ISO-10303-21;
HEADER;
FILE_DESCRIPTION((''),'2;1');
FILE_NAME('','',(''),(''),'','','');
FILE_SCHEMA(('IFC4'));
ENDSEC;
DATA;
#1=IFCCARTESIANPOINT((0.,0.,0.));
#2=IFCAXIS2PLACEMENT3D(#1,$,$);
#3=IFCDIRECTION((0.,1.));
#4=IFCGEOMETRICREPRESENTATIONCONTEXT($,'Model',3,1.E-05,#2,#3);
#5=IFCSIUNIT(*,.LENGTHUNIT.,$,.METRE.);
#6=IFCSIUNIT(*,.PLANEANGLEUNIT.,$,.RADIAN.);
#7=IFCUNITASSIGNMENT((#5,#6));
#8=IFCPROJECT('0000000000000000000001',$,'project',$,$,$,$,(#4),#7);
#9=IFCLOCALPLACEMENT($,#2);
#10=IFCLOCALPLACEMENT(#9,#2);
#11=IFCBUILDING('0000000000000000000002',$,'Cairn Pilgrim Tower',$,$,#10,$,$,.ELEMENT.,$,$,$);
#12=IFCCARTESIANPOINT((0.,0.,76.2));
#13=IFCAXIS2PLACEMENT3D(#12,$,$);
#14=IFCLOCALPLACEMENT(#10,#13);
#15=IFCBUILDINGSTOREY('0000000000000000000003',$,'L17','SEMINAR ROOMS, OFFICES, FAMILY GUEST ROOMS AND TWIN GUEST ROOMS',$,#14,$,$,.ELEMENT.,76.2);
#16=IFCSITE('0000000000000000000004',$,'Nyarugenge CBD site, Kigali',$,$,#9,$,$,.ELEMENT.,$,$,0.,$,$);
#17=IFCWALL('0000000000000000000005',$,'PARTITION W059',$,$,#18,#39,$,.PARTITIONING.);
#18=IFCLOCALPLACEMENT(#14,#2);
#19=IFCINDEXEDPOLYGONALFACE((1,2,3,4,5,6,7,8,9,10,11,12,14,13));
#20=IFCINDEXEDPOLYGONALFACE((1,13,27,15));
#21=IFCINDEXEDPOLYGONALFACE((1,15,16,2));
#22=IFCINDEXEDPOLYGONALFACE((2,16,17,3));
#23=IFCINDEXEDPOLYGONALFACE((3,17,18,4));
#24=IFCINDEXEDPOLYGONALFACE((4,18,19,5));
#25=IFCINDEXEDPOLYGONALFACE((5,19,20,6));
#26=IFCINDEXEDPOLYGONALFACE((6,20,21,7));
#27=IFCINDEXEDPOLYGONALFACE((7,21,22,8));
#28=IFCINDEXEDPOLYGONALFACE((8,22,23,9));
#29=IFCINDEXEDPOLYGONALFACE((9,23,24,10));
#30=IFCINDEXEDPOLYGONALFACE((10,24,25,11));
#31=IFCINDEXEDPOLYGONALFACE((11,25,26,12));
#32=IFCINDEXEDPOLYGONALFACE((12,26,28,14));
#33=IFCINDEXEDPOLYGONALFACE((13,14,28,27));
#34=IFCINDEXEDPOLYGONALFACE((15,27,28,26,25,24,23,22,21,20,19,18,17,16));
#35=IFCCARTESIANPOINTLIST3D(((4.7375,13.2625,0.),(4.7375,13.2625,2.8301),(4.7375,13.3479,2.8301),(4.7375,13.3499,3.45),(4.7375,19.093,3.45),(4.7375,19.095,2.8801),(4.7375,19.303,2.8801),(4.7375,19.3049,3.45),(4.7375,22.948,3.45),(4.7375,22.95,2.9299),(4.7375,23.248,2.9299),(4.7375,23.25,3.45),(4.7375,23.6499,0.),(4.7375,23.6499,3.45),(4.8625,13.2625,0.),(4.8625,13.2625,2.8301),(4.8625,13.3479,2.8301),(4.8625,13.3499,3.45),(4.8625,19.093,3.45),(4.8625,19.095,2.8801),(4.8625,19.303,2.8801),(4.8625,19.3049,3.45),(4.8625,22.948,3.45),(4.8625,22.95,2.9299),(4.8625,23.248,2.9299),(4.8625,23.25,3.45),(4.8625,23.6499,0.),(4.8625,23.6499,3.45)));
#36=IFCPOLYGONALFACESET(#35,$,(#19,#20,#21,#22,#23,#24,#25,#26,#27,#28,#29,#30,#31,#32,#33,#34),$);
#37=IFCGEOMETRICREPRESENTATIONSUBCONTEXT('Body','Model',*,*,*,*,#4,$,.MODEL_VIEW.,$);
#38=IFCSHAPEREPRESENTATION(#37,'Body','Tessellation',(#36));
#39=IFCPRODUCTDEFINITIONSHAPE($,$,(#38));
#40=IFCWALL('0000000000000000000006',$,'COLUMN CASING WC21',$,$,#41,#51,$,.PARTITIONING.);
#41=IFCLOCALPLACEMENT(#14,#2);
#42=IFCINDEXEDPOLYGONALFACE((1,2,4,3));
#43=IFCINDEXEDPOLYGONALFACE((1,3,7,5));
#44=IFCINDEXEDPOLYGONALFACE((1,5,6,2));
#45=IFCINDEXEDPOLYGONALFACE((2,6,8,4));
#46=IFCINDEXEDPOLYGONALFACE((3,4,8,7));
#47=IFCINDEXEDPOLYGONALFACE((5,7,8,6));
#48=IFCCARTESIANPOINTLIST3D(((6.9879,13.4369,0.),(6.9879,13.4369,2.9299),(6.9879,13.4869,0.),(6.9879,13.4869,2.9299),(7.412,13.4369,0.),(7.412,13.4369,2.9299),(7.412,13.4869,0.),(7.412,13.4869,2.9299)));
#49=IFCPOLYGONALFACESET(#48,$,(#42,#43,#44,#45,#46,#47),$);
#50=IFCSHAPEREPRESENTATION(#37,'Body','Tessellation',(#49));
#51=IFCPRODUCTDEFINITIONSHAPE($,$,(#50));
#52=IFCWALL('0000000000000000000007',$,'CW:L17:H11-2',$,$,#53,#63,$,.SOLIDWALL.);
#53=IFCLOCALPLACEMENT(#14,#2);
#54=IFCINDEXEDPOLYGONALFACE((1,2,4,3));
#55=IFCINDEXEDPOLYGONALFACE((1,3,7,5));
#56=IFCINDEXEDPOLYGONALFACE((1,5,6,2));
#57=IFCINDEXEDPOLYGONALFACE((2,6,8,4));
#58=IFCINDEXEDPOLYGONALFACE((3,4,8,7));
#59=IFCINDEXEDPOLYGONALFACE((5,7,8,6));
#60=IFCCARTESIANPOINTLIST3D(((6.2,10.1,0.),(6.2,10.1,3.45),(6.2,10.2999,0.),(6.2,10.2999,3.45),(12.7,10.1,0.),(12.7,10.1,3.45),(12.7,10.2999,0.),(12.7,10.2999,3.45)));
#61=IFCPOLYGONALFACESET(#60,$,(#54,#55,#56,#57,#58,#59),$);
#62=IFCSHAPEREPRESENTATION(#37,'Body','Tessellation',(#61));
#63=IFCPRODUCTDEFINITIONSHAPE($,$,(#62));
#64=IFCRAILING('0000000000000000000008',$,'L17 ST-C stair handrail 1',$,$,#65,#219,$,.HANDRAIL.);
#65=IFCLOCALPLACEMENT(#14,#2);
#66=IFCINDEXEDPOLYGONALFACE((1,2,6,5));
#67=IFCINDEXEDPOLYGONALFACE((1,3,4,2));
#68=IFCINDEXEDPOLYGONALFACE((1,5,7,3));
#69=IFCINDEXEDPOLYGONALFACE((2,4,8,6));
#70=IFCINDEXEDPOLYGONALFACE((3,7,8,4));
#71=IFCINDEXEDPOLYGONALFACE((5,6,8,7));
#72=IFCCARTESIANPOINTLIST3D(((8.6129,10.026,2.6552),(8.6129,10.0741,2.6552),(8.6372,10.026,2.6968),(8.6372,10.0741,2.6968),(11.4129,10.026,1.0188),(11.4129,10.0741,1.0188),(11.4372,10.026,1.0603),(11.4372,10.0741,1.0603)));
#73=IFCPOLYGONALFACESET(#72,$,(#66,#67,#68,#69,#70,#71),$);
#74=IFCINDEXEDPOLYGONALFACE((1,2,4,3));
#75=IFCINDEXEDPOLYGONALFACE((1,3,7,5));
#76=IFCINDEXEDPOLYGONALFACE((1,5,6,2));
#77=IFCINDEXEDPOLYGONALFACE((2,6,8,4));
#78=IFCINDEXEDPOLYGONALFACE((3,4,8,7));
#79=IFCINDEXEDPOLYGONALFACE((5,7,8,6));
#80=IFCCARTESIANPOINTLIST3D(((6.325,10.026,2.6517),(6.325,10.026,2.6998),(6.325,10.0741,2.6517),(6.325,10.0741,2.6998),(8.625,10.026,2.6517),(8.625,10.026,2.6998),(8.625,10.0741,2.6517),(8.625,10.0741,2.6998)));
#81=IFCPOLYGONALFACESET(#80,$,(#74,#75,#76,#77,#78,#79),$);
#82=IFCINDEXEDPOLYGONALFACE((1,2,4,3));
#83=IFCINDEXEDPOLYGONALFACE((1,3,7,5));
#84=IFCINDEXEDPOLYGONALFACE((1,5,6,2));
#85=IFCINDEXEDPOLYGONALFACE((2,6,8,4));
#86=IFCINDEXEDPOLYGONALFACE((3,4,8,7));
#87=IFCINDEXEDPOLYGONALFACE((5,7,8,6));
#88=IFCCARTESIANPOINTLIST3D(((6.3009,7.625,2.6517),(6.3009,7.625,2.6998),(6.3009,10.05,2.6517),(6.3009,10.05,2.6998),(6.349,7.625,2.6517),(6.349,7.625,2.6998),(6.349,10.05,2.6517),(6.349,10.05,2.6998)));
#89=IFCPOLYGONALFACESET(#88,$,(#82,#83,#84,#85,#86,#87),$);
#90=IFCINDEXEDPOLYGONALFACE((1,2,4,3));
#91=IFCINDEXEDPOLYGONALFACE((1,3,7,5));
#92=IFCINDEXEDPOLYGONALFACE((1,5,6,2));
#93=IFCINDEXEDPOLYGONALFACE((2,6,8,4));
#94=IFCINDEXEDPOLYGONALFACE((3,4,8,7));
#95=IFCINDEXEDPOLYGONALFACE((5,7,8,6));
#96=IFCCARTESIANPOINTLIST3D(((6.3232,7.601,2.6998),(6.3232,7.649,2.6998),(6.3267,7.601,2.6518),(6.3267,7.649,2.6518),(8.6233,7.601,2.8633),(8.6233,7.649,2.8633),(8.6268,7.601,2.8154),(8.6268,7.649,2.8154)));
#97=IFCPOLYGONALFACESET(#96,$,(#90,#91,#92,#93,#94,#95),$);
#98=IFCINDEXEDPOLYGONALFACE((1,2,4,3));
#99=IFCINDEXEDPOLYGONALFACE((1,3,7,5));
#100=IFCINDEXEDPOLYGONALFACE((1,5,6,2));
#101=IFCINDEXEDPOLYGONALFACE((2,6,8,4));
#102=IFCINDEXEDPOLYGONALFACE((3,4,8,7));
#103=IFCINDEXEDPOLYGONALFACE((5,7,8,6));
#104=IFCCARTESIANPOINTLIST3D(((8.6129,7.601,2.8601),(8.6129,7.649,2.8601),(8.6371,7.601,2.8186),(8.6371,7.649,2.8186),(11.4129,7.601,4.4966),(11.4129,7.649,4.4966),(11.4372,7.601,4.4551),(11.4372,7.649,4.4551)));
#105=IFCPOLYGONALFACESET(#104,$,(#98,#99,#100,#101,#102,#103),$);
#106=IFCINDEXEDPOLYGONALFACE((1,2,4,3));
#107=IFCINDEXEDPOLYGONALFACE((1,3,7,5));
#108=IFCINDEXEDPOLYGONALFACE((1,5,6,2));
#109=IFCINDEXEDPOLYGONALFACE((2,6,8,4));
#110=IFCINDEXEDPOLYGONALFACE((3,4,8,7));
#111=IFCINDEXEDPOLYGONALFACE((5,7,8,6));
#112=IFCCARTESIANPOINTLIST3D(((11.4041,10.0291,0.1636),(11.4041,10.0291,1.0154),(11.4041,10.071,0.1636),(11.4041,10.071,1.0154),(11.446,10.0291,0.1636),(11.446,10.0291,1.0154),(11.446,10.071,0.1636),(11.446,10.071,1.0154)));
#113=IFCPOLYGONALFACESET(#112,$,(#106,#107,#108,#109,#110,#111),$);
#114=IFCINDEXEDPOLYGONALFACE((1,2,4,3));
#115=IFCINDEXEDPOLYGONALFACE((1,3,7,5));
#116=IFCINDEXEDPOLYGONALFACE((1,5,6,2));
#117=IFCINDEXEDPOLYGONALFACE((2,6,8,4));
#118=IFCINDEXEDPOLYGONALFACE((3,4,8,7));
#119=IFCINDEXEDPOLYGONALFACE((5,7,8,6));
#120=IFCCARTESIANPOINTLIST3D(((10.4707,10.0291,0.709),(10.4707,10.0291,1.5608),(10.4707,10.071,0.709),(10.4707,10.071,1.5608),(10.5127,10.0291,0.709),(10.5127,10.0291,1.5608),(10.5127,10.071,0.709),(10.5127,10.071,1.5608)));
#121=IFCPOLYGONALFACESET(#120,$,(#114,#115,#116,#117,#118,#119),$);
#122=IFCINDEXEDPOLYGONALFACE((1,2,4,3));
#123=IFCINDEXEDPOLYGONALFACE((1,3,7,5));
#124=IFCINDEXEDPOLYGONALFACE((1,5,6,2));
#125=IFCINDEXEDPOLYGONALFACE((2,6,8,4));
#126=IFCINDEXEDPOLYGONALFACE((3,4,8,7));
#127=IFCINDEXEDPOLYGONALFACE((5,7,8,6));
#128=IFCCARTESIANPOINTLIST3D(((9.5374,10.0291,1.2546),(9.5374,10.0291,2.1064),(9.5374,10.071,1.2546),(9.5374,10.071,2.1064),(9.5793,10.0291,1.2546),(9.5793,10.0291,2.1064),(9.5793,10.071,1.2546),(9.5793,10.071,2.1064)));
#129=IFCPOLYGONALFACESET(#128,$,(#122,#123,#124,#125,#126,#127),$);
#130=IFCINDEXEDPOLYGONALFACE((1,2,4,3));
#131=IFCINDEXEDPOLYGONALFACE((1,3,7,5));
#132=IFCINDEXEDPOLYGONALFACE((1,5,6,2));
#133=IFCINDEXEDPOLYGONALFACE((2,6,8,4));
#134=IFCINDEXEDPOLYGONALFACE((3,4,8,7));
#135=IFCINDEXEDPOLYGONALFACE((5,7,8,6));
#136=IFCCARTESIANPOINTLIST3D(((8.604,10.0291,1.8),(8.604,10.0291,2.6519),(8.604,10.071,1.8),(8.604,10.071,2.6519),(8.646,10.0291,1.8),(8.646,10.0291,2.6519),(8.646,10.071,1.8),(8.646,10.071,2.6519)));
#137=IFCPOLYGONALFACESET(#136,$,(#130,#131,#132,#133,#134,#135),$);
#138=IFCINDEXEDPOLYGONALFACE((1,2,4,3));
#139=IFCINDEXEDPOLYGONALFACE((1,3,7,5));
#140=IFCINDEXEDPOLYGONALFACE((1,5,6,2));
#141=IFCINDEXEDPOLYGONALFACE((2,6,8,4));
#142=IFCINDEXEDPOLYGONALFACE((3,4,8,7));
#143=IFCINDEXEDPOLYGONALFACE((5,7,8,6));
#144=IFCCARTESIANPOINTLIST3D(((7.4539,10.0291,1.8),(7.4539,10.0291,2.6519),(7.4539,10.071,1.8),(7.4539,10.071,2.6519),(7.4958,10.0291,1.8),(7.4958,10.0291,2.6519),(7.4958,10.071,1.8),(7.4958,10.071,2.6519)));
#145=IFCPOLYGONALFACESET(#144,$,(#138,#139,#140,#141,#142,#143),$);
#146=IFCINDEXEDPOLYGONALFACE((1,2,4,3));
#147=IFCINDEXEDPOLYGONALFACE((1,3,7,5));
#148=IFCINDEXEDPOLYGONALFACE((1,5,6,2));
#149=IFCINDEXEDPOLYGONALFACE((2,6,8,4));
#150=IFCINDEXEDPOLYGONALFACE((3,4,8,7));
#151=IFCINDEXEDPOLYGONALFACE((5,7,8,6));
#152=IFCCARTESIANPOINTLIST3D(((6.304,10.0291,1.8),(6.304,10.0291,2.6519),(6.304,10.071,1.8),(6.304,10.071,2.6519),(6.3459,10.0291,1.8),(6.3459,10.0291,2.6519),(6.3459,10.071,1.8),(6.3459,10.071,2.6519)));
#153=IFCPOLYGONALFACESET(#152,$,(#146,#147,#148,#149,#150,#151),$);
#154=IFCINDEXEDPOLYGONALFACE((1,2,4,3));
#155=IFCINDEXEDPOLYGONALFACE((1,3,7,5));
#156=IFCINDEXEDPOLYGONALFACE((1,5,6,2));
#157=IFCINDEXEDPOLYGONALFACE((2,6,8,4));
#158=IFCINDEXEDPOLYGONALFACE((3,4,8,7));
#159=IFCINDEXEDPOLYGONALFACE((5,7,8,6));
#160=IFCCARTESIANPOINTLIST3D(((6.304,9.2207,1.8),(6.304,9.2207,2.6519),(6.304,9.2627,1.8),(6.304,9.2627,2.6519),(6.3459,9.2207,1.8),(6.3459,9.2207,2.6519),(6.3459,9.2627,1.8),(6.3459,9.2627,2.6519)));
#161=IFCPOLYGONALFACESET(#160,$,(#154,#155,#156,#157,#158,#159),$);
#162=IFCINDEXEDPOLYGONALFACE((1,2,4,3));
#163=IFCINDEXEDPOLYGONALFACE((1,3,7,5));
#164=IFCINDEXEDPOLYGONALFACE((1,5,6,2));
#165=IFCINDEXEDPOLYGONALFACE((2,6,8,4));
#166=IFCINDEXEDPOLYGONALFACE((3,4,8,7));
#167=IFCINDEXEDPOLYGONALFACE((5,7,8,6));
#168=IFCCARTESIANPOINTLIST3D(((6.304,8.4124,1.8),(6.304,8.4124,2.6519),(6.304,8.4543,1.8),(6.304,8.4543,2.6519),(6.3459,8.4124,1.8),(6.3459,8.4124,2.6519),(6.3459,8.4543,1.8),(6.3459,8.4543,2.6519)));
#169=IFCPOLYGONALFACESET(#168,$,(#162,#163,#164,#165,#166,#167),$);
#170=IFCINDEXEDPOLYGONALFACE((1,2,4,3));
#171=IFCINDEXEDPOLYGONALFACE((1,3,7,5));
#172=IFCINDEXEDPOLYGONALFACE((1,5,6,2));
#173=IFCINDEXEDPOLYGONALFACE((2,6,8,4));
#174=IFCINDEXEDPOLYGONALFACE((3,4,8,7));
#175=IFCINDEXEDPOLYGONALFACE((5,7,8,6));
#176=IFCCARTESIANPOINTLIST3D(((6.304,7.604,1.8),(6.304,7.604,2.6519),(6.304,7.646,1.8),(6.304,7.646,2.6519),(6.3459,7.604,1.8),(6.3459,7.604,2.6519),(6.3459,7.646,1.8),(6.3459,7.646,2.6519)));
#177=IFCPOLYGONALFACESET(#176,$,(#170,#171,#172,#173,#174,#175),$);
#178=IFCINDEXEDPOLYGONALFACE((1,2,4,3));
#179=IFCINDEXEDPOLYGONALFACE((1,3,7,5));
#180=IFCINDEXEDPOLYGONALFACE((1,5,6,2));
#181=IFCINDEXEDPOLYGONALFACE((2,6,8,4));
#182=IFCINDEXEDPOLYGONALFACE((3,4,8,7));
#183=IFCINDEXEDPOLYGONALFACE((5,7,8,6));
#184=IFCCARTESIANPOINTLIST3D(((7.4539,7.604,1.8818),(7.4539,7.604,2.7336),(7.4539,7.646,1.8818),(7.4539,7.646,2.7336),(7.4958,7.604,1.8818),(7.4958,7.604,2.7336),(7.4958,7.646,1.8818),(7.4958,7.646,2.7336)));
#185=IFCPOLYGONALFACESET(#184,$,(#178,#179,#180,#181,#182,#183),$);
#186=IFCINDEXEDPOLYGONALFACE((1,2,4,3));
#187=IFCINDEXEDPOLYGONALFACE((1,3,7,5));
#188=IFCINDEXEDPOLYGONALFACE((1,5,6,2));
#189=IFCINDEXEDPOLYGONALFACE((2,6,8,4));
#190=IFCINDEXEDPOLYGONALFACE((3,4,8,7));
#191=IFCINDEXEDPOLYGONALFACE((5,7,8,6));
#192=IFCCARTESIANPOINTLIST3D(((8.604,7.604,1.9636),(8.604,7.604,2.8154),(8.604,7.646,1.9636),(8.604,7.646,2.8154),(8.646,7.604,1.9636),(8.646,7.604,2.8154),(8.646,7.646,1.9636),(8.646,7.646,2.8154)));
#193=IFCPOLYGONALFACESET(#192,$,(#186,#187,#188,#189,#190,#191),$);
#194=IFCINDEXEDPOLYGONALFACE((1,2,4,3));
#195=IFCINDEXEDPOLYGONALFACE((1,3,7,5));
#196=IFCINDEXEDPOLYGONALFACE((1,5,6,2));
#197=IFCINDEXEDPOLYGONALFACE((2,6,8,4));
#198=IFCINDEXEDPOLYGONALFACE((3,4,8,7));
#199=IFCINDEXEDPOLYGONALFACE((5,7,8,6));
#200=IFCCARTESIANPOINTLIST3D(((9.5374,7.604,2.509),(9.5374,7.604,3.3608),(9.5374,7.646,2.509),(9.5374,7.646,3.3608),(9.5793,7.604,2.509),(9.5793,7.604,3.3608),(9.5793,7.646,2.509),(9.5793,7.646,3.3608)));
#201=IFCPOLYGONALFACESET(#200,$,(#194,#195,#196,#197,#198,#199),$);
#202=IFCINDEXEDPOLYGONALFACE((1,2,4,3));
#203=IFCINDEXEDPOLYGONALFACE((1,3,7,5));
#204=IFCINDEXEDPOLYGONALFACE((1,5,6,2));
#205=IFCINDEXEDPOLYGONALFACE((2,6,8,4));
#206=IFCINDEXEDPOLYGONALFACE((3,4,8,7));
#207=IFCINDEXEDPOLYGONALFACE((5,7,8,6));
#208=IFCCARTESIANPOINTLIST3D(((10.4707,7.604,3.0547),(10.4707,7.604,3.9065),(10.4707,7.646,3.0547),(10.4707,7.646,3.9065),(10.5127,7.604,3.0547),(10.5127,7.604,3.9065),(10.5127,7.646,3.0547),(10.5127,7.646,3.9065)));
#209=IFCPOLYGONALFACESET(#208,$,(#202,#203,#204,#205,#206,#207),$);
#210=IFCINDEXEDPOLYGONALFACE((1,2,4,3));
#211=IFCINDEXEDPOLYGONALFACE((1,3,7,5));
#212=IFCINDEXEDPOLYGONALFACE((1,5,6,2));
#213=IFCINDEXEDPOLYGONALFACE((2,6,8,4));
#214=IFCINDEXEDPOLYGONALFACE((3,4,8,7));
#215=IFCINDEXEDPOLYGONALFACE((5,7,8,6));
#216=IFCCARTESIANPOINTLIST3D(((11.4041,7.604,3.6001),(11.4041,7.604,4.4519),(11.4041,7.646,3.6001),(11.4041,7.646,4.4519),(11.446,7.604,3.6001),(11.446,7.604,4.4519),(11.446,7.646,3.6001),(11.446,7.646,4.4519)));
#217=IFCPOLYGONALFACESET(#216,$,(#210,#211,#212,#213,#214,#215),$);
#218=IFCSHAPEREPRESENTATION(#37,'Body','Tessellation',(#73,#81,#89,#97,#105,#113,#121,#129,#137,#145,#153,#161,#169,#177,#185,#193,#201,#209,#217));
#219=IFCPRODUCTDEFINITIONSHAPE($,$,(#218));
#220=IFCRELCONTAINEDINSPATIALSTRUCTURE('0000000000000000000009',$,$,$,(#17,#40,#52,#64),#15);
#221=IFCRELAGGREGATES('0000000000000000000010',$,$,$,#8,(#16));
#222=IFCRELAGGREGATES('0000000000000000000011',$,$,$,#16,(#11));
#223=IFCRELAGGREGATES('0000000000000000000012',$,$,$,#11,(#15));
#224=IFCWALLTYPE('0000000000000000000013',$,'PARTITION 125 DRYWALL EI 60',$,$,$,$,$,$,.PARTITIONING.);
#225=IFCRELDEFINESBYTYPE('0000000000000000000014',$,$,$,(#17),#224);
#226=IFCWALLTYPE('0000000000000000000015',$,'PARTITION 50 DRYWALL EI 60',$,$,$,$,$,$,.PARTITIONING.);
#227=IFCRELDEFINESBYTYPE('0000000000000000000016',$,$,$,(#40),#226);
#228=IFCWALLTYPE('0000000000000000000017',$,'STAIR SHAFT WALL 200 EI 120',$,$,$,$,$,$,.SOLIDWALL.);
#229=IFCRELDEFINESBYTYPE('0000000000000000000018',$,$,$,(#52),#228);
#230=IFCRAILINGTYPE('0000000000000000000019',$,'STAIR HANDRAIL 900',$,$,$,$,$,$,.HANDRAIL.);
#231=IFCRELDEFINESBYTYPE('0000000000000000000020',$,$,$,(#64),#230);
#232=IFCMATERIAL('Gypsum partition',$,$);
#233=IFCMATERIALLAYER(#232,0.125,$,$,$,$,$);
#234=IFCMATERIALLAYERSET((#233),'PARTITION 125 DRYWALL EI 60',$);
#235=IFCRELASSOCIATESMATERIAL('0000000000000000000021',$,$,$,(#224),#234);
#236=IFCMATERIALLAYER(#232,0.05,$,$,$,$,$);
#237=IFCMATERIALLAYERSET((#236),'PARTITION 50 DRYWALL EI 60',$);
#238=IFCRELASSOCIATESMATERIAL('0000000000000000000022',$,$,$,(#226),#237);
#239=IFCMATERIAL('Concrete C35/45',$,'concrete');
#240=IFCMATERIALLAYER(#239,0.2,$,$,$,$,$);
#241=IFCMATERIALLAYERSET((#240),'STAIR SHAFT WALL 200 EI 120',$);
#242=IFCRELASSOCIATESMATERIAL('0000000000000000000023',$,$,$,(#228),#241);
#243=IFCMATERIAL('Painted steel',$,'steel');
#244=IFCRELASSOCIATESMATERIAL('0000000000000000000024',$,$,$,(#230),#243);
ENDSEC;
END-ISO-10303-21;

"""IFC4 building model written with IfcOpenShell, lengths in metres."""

from ifc_helpers import new_model, si_unit, direction, frame, frame_2d, origin, origin_2d, place, context, subcontext, project, spatial, polyline, rectangle, outline, extrude, material, layer, layer_set, type_object, element, save


model = new_model("IFC4")

# Units and contexts
model_context = context("Model", 3, precision=1e-05, world=origin(), true_north=direction((0.0, 1.0)))
body_context = subcontext(model_context, "Body", "Model", "MODEL_VIEW")
ifc_project = project(units=[si_unit("LENGTHUNIT", "METRE"), si_unit("PLANEANGLEUNIT", "RADIAN")], contexts=[model_context])

# Site, building, storey
site_placement = place(None, origin())
site = spatial("IfcSite", under=ifc_project, at=site_placement, Name="Nyarugenge CBD site, Kigali", CompositionType="ELEMENT", RefElevation=0.0)
building_placement = place(site_placement, origin())
building = spatial("IfcBuilding", under=site, at=building_placement, Name="Cairn Pilgrim Tower", CompositionType="ELEMENT")
storey_placement = place(building_placement, frame((0.0, 0.0, 76.2)))
storey = spatial("IfcBuildingStorey", under=building, at=storey_placement, Name="L17", Description="SEMINAR ROOMS, OFFICES, FAMILY GUEST ROOMS AND TWIN GUEST ROOMS", CompositionType="ELEMENT", Elevation=76.2)

# Shared definitions
ifc_material_1 = material(Name="Gypsum partition")
ifc_layer_1 = layer(ifc_material_1, 0.125)
ifc_layer_set_1 = layer_set([ifc_layer_1], Name="PARTITION 125 DRYWALL EI 60")
wall_type_1 = type_object("IfcWallType", Name="PARTITION 125 DRYWALL EI 60", PredefinedType="PARTITIONING", material=ifc_layer_set_1)

# Walls
wall_1_placement = place(storey_placement, frame((4.8, 13.2625, 0.0), z_axis=(0.0, 0.0, 1.0), x_axis=(0.0, 1.0, 0.0)))
element("IfcWall", 1, at=wall_1_placement, inside=storey, type_object=wall_type_1, Name="PARTITION W059", PredefinedType="PARTITIONING", context=body_context, shape_type="SweptSolid", body=[
    extrude(outline(polyline([(0.0, 0.0), (10.3875, 0.0), (10.3875, 3.45), (9.9875, 3.45), (9.9856, 2.9299), (9.6875, 2.9299), (9.6855, 3.45), (6.0425, 3.45), (6.0405, 2.8801), (5.8325, 2.8801), (5.8306, 3.45), (0.0874, 3.45), (0.0854, 2.8301), (0.0, 2.8301), (0.0, 0.0)])), frame((0.0, 0.0625, 0.0), z_axis=(0.0, -1.0, 0.0), x_axis=(1.0, 0.0, 0.0)), (0.0, 0.0, 1.0), 0.125),
])
ifc_layer_2 = layer(ifc_material_1, 0.05)
ifc_layer_set_2 = layer_set([ifc_layer_2], Name="PARTITION 50 DRYWALL EI 60")
wall_type_2 = type_object("IfcWallType", Name="PARTITION 50 DRYWALL EI 60", PredefinedType="PARTITIONING", material=ifc_layer_set_2)
wall_2_placement = place(storey_placement, frame((6.988, 13.4619, 0.0), z_axis=(0.0, 0.0, 1.0), x_axis=(1.0, 0.0, 0.0)))
element("IfcWall", 2, at=wall_2_placement, inside=storey, type_object=wall_type_2, Name="COLUMN CASING WC21", PredefinedType="PARTITIONING", context=body_context, shape_type="SweptSolid", body=[
    extrude(rectangle(XDim=0.4241, YDim=0.05, at=frame_2d((0.2119, 0.0))), origin(), (0.0, 0.0, 1.0), 2.9299),
])
ifc_material_2 = material(Name="Concrete C35/45", Category="concrete")
ifc_layer_3 = layer(ifc_material_2, 0.2)
ifc_layer_set_3 = layer_set([ifc_layer_3], Name="STAIR SHAFT WALL 200 EI 120")
wall_type_3 = type_object("IfcWallType", Name="STAIR SHAFT WALL 200 EI 120", PredefinedType="SOLIDWALL", material=ifc_layer_set_3)
wall_3_placement = place(storey_placement, frame((6.2, 10.2, 0.0), z_axis=(0.0, 0.0, 1.0), x_axis=(1.0, 0.0, 0.0)))
element("IfcWall", 3, at=wall_3_placement, inside=storey, type_object=wall_type_3, Name="CW:L17:H11-2", PredefinedType="SOLIDWALL", context=body_context, shape_type="SweptSolid", body=[
    extrude(rectangle(XDim=6.5, YDim=0.2, at=frame_2d((3.25, 0.0))), origin(), (0.0, 0.0, 1.0), 3.45),
])

# Railing
ifc_material_3 = material(Name="Painted steel", Category="steel")
railing_type = type_object("IfcRailingType", Name="STAIR HANDRAIL 900", PredefinedType="HANDRAIL", material=ifc_material_3)
railing_placement = place(storey_placement, frame((11.425, 10.05, 0.1636)))
element("IfcRailing", 4, at=railing_placement, inside=storey, type_object=railing_type, Name="L17 ST-C stair handrail 1", PredefinedType="HANDRAIL", context=body_context, shape_type="SweptSolid", body=[
    extrude(rectangle(XDim=0.0481, YDim=0.0481, at=origin_2d()), frame((0.0, 0.0, 0.876), z_axis=(-0.863361, 0.0, 0.504587), x_axis=(0.0, -1.0, 0.0)), (0.0, 0.0, 1.0), 3.2432),
    extrude(rectangle(XDim=0.0481, YDim=0.0481, at=origin_2d()), frame((-2.8, 0.0, 2.5122), z_axis=(-1.0, 0.0, 0.0), x_axis=(0.0, -1.0, 0.0)), (0.0, 0.0, 1.0), 2.3),
    extrude(rectangle(XDim=0.0481, YDim=0.0481, at=origin_2d()), frame((-5.1001, 0.0, 2.5122), z_axis=(0.0, -1.0, 0.0), x_axis=(1.0, 0.0, 0.0)), (0.0, 0.0, 1.0), 2.425),
    extrude(rectangle(XDim=0.0481, YDim=0.0481, at=origin_2d()), frame((-5.1001, -2.425, 2.5122), z_axis=(0.997481, 0.0, 0.070939), x_axis=(0.0, 1.0, 0.0)), (0.0, 0.0, 1.0), 2.3059),
    extrude(rectangle(XDim=0.0481, YDim=0.0481, at=origin_2d()), frame((-2.8, -2.425, 2.6758), z_axis=(0.863361, 0.0, 0.504587), x_axis=(0.0, 1.0, 0.0)), (0.0, 0.0, 1.0), 3.2432),
    extrude(rectangle(XDim=0.042, YDim=0.042, at=origin_2d()), origin(), (0.0, 0.0, 1.0), 0.8518),
    extrude(rectangle(XDim=0.042, YDim=0.042, at=origin_2d()), frame((-0.9333, 0.0, 0.5454)), (0.0, 0.0, 1.0), 0.8518),
    extrude(rectangle(XDim=0.042, YDim=0.042, at=origin_2d()), frame((-1.8667, 0.0, 1.0911)), (0.0, 0.0, 1.0), 0.8518),
    extrude(rectangle(XDim=0.042, YDim=0.042, at=origin_2d()), frame((-2.8, 0.0, 1.6365)), (0.0, 0.0, 1.0), 0.8518),
    extrude(rectangle(XDim=0.042, YDim=0.042, at=origin_2d()), frame((-3.9502, 0.0, 1.6365)), (0.0, 0.0, 1.0), 0.8518),
    extrude(rectangle(XDim=0.042, YDim=0.042, at=origin_2d()), frame((-5.1001, 0.0, 1.6365)), (0.0, 0.0, 1.0), 0.8518),
    extrude(rectangle(XDim=0.042, YDim=0.042, at=origin_2d()), frame((-5.1001, -0.8083, 1.6365)), (0.0, 0.0, 1.0), 0.8518),
    extrude(rectangle(XDim=0.042, YDim=0.042, at=origin_2d()), frame((-5.1001, -1.6167, 1.6365)), (0.0, 0.0, 1.0), 0.8518),
    extrude(rectangle(XDim=0.042, YDim=0.042, at=origin_2d()), frame((-5.1001, -2.425, 1.6365)), (0.0, 0.0, 1.0), 0.8518),
    extrude(rectangle(XDim=0.042, YDim=0.042, at=origin_2d()), frame((-3.9502, -2.425, 1.7183)), (0.0, 0.0, 1.0), 0.8518),
    extrude(rectangle(XDim=0.042, YDim=0.042, at=origin_2d()), frame((-2.8, -2.425, 1.8)), (0.0, 0.0, 1.0), 0.8518),
    extrude(rectangle(XDim=0.042, YDim=0.042, at=origin_2d()), frame((-1.8667, -2.425, 2.3455)), (0.0, 0.0, 1.0), 0.8518),
    extrude(rectangle(XDim=0.042, YDim=0.042, at=origin_2d()), frame((-0.9333, -2.425, 2.8911)), (0.0, 0.0, 1.0), 0.8518),
    extrude(rectangle(XDim=0.042, YDim=0.042, at=origin_2d()), frame((0.0, -2.425, 3.4365)), (0.0, 0.0, 1.0), 0.8518),
])

save(model, "model.ifc")
